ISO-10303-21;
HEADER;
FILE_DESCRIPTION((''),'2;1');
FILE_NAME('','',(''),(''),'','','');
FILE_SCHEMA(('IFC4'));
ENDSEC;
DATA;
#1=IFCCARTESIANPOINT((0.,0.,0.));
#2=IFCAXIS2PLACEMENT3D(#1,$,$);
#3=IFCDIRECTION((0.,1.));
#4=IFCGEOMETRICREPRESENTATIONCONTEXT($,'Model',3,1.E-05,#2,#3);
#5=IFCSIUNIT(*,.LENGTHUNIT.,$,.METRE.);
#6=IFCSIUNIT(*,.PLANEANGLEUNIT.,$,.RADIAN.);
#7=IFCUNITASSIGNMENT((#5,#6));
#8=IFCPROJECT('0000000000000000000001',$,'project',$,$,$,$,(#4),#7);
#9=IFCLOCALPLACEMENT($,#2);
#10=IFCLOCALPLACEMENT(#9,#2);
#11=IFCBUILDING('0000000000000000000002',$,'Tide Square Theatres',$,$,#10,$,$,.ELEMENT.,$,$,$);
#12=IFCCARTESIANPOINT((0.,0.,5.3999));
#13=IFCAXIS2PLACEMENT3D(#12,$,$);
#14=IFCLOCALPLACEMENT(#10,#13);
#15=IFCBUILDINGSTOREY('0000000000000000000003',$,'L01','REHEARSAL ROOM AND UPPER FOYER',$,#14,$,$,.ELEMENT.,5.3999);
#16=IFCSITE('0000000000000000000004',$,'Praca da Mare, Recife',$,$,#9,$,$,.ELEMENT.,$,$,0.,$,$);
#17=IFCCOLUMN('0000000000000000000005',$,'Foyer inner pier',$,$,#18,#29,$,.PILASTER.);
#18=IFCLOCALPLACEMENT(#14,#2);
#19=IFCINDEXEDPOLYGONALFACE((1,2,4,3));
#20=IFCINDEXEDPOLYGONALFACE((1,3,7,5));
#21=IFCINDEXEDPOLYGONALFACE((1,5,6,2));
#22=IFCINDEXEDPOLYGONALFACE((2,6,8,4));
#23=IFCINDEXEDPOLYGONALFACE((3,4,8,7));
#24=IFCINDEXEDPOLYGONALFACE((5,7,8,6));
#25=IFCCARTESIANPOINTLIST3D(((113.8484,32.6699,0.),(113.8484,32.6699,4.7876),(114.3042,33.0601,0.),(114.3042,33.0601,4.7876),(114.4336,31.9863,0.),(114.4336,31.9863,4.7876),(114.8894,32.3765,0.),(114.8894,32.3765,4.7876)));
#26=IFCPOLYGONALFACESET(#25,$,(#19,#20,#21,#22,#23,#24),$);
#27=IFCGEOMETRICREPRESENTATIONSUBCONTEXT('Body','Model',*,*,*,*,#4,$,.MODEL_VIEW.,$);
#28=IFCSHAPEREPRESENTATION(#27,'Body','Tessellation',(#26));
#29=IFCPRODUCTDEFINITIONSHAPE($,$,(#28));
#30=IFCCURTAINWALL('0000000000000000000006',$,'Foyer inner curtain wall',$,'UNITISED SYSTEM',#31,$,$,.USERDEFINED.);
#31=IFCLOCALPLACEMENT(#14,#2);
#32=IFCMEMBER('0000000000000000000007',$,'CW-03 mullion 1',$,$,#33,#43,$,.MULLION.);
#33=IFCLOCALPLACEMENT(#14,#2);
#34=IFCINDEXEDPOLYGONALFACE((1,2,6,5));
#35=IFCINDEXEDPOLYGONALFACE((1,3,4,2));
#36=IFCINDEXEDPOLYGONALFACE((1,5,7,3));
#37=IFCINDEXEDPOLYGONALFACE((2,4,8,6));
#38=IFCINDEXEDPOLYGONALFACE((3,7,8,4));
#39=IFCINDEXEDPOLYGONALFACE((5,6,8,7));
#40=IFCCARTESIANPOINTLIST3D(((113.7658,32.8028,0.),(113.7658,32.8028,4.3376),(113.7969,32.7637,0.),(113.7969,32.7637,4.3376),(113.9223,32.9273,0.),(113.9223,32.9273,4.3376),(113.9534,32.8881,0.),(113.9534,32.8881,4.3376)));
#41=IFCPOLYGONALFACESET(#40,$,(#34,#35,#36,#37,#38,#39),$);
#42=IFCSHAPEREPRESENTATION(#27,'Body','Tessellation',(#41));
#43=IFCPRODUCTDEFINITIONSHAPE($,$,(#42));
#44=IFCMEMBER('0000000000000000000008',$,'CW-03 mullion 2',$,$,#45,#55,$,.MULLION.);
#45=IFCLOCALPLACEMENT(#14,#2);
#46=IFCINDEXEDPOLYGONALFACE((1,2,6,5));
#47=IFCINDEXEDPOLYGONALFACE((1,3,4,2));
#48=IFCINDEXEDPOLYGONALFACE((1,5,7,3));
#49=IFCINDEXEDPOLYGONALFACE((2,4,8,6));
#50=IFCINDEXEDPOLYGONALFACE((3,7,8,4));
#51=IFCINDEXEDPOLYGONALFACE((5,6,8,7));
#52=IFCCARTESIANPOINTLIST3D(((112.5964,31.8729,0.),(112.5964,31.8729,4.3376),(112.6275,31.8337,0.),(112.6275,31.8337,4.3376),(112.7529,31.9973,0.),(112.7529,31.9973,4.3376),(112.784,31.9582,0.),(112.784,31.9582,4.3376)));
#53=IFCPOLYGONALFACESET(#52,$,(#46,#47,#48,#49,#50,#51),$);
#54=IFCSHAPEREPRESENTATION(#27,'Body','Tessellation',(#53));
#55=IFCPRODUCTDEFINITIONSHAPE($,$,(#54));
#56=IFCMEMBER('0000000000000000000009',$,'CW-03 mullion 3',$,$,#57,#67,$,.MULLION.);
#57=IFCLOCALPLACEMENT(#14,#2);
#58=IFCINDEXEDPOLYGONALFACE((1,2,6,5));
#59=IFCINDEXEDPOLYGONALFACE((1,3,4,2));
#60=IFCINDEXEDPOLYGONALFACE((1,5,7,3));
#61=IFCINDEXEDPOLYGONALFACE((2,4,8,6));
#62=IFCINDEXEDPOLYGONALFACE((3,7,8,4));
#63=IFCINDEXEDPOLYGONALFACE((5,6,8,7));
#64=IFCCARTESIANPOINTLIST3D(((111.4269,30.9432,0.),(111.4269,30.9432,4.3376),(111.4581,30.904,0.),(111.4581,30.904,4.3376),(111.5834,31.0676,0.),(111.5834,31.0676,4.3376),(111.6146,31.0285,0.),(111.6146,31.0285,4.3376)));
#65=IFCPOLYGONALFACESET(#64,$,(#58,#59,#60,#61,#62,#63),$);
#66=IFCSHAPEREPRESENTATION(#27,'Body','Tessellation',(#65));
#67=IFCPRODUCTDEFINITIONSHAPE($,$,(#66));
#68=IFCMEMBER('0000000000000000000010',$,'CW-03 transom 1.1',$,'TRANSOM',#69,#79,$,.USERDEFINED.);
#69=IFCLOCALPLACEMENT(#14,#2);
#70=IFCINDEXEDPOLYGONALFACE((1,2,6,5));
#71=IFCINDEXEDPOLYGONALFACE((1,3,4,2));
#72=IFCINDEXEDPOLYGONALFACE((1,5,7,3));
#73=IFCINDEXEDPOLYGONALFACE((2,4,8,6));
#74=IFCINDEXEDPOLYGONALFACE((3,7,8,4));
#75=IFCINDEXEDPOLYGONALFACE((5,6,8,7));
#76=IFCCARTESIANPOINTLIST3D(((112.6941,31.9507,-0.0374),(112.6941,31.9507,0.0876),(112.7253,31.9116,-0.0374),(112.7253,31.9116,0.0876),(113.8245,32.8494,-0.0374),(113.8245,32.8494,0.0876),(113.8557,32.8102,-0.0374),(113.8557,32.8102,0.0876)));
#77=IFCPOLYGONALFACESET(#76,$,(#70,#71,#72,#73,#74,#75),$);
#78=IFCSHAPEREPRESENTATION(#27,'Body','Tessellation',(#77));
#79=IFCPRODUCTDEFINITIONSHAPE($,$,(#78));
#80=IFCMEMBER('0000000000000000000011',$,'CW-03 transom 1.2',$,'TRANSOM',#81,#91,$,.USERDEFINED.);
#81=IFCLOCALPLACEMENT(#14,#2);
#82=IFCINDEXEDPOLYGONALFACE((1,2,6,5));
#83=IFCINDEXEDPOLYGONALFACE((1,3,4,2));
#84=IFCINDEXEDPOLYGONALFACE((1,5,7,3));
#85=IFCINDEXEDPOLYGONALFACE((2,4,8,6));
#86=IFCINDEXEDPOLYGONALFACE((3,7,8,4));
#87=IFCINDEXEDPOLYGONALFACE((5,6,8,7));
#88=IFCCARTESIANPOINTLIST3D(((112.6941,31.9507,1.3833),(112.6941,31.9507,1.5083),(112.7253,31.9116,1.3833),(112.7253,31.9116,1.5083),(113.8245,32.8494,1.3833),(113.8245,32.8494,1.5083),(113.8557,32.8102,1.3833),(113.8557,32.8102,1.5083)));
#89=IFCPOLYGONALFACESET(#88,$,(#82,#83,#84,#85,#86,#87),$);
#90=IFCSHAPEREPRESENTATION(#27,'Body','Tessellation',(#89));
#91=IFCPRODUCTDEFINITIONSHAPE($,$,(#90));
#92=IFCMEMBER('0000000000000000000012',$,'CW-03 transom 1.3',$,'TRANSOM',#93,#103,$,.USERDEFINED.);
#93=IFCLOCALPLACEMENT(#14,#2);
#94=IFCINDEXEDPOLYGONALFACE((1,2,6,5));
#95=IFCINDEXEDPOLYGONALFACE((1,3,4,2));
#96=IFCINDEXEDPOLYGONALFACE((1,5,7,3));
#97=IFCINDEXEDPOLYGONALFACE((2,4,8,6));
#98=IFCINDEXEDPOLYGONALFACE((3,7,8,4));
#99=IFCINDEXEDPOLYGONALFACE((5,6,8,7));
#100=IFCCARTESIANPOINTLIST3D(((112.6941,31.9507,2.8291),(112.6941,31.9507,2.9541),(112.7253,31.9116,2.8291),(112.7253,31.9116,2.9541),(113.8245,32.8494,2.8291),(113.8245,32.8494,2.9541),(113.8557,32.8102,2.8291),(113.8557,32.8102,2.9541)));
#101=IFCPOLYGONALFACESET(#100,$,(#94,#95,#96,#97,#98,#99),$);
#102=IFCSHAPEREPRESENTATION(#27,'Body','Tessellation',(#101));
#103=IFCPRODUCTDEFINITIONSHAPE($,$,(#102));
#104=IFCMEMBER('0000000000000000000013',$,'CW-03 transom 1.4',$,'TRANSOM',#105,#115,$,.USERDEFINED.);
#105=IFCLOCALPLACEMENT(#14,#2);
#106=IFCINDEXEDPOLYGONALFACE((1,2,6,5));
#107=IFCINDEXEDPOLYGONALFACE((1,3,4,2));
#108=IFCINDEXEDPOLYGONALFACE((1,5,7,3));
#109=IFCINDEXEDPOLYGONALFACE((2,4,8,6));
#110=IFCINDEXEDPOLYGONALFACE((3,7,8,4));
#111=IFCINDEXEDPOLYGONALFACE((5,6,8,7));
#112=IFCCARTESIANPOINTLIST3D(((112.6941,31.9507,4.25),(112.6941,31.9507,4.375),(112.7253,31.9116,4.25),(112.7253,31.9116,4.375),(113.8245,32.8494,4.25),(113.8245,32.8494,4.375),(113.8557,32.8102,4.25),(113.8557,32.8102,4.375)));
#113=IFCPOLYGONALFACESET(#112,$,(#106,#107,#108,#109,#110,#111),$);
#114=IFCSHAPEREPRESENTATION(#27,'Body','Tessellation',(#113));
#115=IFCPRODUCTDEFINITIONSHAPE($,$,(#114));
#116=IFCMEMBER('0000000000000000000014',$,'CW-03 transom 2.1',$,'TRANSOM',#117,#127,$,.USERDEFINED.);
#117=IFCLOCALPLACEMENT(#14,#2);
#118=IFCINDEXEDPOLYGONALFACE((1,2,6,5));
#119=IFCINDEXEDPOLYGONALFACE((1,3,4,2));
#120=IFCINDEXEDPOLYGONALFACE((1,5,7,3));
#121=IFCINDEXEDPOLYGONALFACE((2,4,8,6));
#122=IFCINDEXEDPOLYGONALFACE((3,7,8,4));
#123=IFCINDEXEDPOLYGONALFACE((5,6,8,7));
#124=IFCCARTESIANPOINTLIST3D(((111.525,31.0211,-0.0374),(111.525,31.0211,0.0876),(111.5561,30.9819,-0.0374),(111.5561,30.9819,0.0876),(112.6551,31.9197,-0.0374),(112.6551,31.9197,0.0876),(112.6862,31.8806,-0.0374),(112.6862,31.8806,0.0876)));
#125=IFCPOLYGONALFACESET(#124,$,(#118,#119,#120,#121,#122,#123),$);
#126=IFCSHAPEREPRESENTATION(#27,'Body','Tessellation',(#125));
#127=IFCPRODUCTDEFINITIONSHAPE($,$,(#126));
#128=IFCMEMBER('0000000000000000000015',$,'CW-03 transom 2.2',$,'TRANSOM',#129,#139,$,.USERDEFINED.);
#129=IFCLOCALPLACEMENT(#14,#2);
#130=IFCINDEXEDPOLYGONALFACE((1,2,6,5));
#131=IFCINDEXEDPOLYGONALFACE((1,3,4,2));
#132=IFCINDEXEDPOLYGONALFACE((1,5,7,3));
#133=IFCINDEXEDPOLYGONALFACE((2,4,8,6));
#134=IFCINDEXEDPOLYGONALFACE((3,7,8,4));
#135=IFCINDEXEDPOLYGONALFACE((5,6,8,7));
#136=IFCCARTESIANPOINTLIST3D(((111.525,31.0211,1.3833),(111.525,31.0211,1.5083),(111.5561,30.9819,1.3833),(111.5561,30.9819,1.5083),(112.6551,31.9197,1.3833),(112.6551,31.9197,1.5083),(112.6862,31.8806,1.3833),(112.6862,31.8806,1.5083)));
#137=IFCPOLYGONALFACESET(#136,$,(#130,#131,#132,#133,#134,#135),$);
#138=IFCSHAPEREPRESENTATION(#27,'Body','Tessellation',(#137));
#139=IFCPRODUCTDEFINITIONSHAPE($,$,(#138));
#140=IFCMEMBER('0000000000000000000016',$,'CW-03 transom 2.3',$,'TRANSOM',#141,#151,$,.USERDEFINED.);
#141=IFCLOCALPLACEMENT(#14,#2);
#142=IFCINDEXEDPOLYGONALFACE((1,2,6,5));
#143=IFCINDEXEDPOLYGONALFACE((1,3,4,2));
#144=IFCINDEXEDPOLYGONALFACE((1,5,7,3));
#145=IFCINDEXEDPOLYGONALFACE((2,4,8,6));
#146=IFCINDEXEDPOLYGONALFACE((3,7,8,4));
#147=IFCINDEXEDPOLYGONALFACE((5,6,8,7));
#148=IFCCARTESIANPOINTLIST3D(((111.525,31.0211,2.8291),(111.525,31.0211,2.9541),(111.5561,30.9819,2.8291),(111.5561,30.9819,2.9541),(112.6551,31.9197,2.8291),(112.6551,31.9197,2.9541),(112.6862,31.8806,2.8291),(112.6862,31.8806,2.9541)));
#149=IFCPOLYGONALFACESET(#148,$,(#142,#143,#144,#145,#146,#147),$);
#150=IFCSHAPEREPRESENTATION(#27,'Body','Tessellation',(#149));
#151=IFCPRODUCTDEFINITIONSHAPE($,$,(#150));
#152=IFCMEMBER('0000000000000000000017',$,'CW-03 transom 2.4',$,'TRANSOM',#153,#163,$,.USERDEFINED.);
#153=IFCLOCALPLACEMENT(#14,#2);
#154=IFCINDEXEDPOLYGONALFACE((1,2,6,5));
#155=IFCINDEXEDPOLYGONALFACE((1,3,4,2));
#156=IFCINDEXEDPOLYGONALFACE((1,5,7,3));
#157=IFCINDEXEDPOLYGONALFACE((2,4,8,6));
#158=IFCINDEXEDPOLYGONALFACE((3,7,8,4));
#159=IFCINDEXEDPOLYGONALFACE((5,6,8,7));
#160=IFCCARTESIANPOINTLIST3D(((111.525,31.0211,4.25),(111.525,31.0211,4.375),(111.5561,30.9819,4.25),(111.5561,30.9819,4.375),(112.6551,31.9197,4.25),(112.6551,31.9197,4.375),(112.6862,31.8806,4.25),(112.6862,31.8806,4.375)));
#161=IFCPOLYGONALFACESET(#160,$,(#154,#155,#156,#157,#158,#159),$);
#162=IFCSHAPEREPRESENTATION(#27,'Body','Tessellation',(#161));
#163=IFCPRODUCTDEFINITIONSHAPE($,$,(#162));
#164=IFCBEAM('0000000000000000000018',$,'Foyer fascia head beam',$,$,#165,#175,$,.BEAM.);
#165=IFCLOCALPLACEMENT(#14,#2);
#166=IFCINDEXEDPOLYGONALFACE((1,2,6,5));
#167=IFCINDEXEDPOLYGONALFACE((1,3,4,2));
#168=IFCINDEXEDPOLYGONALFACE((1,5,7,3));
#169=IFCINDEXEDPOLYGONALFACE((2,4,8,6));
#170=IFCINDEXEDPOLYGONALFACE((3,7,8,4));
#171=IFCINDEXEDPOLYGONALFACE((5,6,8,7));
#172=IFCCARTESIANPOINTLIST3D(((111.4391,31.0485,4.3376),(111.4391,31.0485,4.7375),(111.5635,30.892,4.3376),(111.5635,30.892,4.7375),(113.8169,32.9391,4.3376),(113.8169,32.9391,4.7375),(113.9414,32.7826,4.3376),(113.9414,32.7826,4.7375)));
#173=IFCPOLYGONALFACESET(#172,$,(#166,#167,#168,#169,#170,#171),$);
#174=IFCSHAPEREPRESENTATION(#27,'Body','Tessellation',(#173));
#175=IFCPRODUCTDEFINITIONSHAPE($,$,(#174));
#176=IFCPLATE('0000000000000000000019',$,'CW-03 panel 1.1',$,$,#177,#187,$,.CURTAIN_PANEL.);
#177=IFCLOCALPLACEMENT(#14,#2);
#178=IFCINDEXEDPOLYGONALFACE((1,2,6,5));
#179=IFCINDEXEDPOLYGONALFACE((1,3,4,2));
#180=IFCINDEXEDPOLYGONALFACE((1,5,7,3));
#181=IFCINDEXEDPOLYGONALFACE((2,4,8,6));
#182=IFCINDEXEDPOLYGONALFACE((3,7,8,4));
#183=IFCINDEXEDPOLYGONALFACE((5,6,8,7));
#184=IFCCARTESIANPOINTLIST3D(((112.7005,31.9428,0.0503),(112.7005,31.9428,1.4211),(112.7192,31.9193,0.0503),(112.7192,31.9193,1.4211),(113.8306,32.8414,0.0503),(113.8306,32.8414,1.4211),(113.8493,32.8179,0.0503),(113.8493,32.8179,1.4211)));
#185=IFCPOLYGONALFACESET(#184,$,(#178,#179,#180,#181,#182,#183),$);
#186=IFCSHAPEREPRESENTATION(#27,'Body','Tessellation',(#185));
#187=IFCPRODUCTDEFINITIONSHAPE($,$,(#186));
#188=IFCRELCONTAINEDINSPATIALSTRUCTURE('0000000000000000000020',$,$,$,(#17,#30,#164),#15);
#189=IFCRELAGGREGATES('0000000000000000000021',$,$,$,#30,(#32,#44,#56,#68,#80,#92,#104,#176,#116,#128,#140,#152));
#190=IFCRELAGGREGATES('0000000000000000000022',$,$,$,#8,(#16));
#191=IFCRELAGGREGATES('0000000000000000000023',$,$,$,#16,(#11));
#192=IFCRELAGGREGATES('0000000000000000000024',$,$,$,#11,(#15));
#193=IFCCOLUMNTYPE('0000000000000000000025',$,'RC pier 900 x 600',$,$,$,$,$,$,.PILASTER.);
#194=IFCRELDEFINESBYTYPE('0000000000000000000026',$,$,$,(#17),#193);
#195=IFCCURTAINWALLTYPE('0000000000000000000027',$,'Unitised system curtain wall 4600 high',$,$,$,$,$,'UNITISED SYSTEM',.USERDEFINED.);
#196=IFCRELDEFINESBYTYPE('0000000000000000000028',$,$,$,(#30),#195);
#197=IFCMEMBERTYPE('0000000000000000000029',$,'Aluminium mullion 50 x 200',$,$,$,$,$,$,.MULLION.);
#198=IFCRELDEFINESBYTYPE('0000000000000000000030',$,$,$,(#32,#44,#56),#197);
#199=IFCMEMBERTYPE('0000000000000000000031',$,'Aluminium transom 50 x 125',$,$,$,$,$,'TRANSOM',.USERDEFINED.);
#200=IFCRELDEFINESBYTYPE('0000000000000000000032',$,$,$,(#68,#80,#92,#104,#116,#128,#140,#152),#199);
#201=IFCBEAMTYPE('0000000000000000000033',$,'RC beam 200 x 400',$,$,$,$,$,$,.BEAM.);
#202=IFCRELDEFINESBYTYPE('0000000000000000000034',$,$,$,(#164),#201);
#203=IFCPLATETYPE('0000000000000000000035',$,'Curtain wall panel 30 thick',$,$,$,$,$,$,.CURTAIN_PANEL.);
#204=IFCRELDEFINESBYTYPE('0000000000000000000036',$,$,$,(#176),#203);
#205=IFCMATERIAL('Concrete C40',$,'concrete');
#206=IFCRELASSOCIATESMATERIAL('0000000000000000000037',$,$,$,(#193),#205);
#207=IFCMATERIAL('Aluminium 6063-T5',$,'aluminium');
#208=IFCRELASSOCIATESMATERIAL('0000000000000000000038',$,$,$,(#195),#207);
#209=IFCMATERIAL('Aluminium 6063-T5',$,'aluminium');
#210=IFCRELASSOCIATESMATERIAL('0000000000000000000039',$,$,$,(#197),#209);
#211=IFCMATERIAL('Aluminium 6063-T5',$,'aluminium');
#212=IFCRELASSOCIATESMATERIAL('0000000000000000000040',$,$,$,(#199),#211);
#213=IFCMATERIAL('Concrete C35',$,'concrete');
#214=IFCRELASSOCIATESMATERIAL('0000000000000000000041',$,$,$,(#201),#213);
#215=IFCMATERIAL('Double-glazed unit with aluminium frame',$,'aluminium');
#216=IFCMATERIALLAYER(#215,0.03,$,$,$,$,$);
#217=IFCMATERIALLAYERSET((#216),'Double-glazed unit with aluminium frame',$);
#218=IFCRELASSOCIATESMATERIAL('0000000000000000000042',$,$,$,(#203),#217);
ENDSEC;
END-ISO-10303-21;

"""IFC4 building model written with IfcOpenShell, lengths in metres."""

from ifc_helpers import new_model, si_unit, direction, frame, origin, origin_2d, place, context, subcontext, project, spatial, rectangle, extrude, material, layer, layer_set, material_profile, profile_set, type_object, element, aggregate, save


model = new_model("IFC4")

# Units and contexts
model_context = context("Model", 3, precision=1e-05, world=origin(), true_north=direction((0.0, 1.0)))
body_context = subcontext(model_context, "Body", "Model", "MODEL_VIEW")
ifc_project = project(units=[si_unit("LENGTHUNIT", "METRE"), si_unit("PLANEANGLEUNIT", "RADIAN")], contexts=[model_context])

# Site, building, storey
site_placement = place(None, origin())
site = spatial("IfcSite", under=ifc_project, at=site_placement, Name="Praca da Mare, Recife", CompositionType="ELEMENT", RefElevation=0.0)
building_placement = place(site_placement, origin())
building = spatial("IfcBuilding", under=site, at=building_placement, Name="Tide Square Theatres", CompositionType="ELEMENT")
storey_placement = place(building_placement, frame((0.0, 0.0, 5.3999)))
storey = spatial("IfcBuildingStorey", under=building, at=storey_placement, Name="L01", Description="REHEARSAL ROOM AND UPPER FOYER", CompositionType="ELEMENT", Elevation=5.3999)

# Column
ifc_material_1 = material(Name="Concrete C40", Category="concrete")
ifc_material_profile_1 = material_profile(ifc_material_1, rectangle(XDim=0.8999, YDim=0.6001, at=origin_2d()))
ifc_profile_set_1 = profile_set([ifc_material_profile_1], Name="Concrete C40")
column_type = type_object("IfcColumnType", Name="RC pier 900 x 600", PredefinedType="PILASTER", material=ifc_profile_set_1)
column_placement = place(storey_placement, frame((114.3689, 32.5232, 0.0), z_axis=(0.0, 0.0, 1.0), x_axis=(0.650301, -0.759677, 0.0)))
element("IfcColumn", 1, at=column_placement, inside=storey, type_object=column_type, Name="Foyer inner pier", PredefinedType="PILASTER", context=body_context, shape_type="SweptSolid", body=[
    extrude(rectangle(XDim=0.8999, YDim=0.6001, at=origin_2d()), origin(), (0.0, 0.0, 1.0), 4.7876),
])

# Curtain wall, members
ifc_material_2 = material(Name="Aluminium 6063-T5", Category="aluminium")
curtain_wall_type = type_object("IfcCurtainWallType", Name="Unitised system curtain wall 4600 high", ElementType="UNITISED SYSTEM", PredefinedType="USERDEFINED", material=ifc_material_2)
curtain_wall_placement = place(storey_placement, origin())
curtain_wall = element("IfcCurtainWall", 2, at=curtain_wall_placement, inside=storey, type_object=curtain_wall_type, Name="Foyer inner curtain wall", ObjectType="UNITISED SYSTEM", PredefinedType="USERDEFINED")
ifc_material_3 = material(Name="Aluminium 6063-T5", Category="aluminium")
ifc_material_profile_2 = material_profile(ifc_material_3, rectangle(XDim=0.05, YDim=0.2, at=origin_2d()))
ifc_profile_set_2 = profile_set([ifc_material_profile_2], Name="Aluminium 6063-T5")
member_type_1 = type_object("IfcMemberType", Name="Aluminium mullion 50 x 200", PredefinedType="MULLION", material=ifc_profile_set_2)
member_1_placement = place(storey_placement, frame((113.8596, 32.8455, 0.0), z_axis=(0.0, 0.0, 1.0), x_axis=(0.62234, -0.782747, 0.0)))
member_1 = element("IfcMember", 3, at=member_1_placement, type_object=member_type_1, Name="CW-03 mullion 1", PredefinedType="MULLION", context=body_context, shape_type="SweptSolid", body=[
    extrude(rectangle(XDim=0.05, YDim=0.2, at=origin_2d()), origin(), (0.0, 0.0, 1.0), 4.3376),
])
member_2_placement = place(storey_placement, frame((112.6902, 31.9155, 0.0), z_axis=(0.0, 0.0, 1.0), x_axis=(0.62234, -0.782747, 0.0)))
member_2 = element("IfcMember", 4, at=member_2_placement, type_object=member_type_1, Name="CW-03 mullion 2", PredefinedType="MULLION", context=body_context, shape_type="SweptSolid", body=[
    extrude(rectangle(XDim=0.05, YDim=0.2, at=origin_2d()), origin(), (0.0, 0.0, 1.0), 4.3376),
])
member_3_placement = place(storey_placement, frame((111.5208, 30.9858, 0.0), z_axis=(0.0, 0.0, 1.0), x_axis=(0.62234, -0.782747, 0.0)))
member_3 = element("IfcMember", 5, at=member_3_placement, type_object=member_type_1, Name="CW-03 mullion 3", PredefinedType="MULLION", context=body_context, shape_type="SweptSolid", body=[
    extrude(rectangle(XDim=0.05, YDim=0.2, at=origin_2d()), origin(), (0.0, 0.0, 1.0), 4.3376),
])
ifc_material_4 = material(Name="Aluminium 6063-T5", Category="aluminium")
ifc_material_profile_3 = material_profile(ifc_material_4, rectangle(XDim=0.05, YDim=0.125, at=origin_2d()))
ifc_profile_set_3 = profile_set([ifc_material_profile_3], Name="Aluminium 6063-T5")
member_type_2 = type_object("IfcMemberType", Name="Aluminium transom 50 x 125", ElementType="TRANSOM", PredefinedType="USERDEFINED", material=ifc_profile_set_3)
member_4_placement = place(storey_placement, frame((113.8401, 32.8298, 0.0251), z_axis=(-0.782762, -0.622321, 0.0), x_axis=(0.622321, -0.782762, 0.0)))
member_4 = element("IfcMember", 6, at=member_4_placement, type_object=member_type_2, Name="CW-03 transom 1.1", ObjectType="TRANSOM", PredefinedType="USERDEFINED", context=body_context, shape_type="SweptSolid", body=[
    extrude(rectangle(XDim=0.05, YDim=0.125, at=origin_2d()), origin(), (0.0, 0.0, 1.0), 1.4441),
])
member_5_placement = place(storey_placement, frame((113.8401, 32.8298, 1.4458), z_axis=(-0.782762, -0.622321, 0.0), x_axis=(0.622321, -0.782762, 0.0)))
member_5 = element("IfcMember", 7, at=member_5_placement, type_object=member_type_2, Name="CW-03 transom 1.2", ObjectType="TRANSOM", PredefinedType="USERDEFINED", context=body_context, shape_type="SweptSolid", body=[
    extrude(rectangle(XDim=0.05, YDim=0.125, at=origin_2d()), origin(), (0.0, 0.0, 1.0), 1.4441),
])
member_6_placement = place(storey_placement, frame((113.8401, 32.8298, 2.8916), z_axis=(-0.782762, -0.622321, 0.0), x_axis=(0.622321, -0.782762, 0.0)))
member_6 = element("IfcMember", 8, at=member_6_placement, type_object=member_type_2, Name="CW-03 transom 1.3", ObjectType="TRANSOM", PredefinedType="USERDEFINED", context=body_context, shape_type="SweptSolid", body=[
    extrude(rectangle(XDim=0.05, YDim=0.125, at=origin_2d()), origin(), (0.0, 0.0, 1.0), 1.4441),
])
member_7_placement = place(storey_placement, frame((113.8401, 32.8298, 4.3125), z_axis=(-0.782762, -0.622321, 0.0), x_axis=(0.622321, -0.782762, 0.0)))
member_7 = element("IfcMember", 9, at=member_7_placement, type_object=member_type_2, Name="CW-03 transom 1.4", ObjectType="TRANSOM", PredefinedType="USERDEFINED", context=body_context, shape_type="SweptSolid", body=[
    extrude(rectangle(XDim=0.05, YDim=0.125, at=origin_2d()), origin(), (0.0, 0.0, 1.0), 1.4441),
])
member_8_placement = place(storey_placement, frame((112.6707, 31.9001, 0.0251), z_axis=(-0.782697, -0.622404, 0.0), x_axis=(0.622404, -0.782697, 0.0)))
member_8 = element("IfcMember", 10, at=member_8_placement, type_object=member_type_2, Name="CW-03 transom 2.1", ObjectType="TRANSOM", PredefinedType="USERDEFINED", context=body_context, shape_type="SweptSolid", body=[
    extrude(rectangle(XDim=0.05, YDim=0.125, at=origin_2d()), origin(), (0.0, 0.0, 1.0), 1.4438),
])
member_9_placement = place(storey_placement, frame((112.6707, 31.9001, 1.4458), z_axis=(-0.782697, -0.622404, 0.0), x_axis=(0.622404, -0.782697, 0.0)))
member_9 = element("IfcMember", 11, at=member_9_placement, type_object=member_type_2, Name="CW-03 transom 2.2", ObjectType="TRANSOM", PredefinedType="USERDEFINED", context=body_context, shape_type="SweptSolid", body=[
    extrude(rectangle(XDim=0.05, YDim=0.125, at=origin_2d()), origin(), (0.0, 0.0, 1.0), 1.4438),
])
member_10_placement = place(storey_placement, frame((112.6707, 31.9001, 2.8916), z_axis=(-0.782697, -0.622404, 0.0), x_axis=(0.622404, -0.782697, 0.0)))
member_10 = element("IfcMember", 12, at=member_10_placement, type_object=member_type_2, Name="CW-03 transom 2.3", ObjectType="TRANSOM", PredefinedType="USERDEFINED", context=body_context, shape_type="SweptSolid", body=[
    extrude(rectangle(XDim=0.05, YDim=0.125, at=origin_2d()), origin(), (0.0, 0.0, 1.0), 1.4438),
])
member_11_placement = place(storey_placement, frame((112.6707, 31.9001, 4.3125), z_axis=(-0.782697, -0.622404, 0.0), x_axis=(0.622404, -0.782697, 0.0)))
member_11 = element("IfcMember", 13, at=member_11_placement, type_object=member_type_2, Name="CW-03 transom 2.4", ObjectType="TRANSOM", PredefinedType="USERDEFINED", context=body_context, shape_type="SweptSolid", body=[
    extrude(rectangle(XDim=0.05, YDim=0.125, at=origin_2d()), origin(), (0.0, 0.0, 1.0), 1.4438),
])

# Beam
ifc_material_5 = material(Name="Concrete C35", Category="concrete")
ifc_material_profile_4 = material_profile(ifc_material_5, rectangle(XDim=0.2, YDim=0.3999, at=origin_2d()))
ifc_profile_set_4 = profile_set([ifc_material_profile_4], Name="Concrete C35")
beam_type = type_object("IfcBeamType", Name="RC beam 200 x 400", PredefinedType="BEAM", material=ifc_profile_set_4)
beam_placement = place(storey_placement, frame((113.8792, 32.8608, 4.5376), z_axis=(-0.782747, -0.62234, 0.0), x_axis=(0.62234, -0.782747, 0.0)))
element("IfcBeam", 14, at=beam_placement, inside=storey, type_object=beam_type, Name="Foyer fascia head beam", PredefinedType="BEAM", context=body_context, shape_type="SweptSolid", body=[
    extrude(rectangle(XDim=0.2, YDim=0.3999, at=origin_2d()), origin(), (0.0, 0.0, 1.0), 3.0378),
])

# Plate
ifc_material_6 = material(Name="Double-glazed unit with aluminium frame", Category="aluminium")
ifc_layer_1 = layer(ifc_material_6, 0.03)
ifc_layer_set_1 = layer_set([ifc_layer_1], Name="Double-glazed unit with aluminium frame")
plate_type = type_object("IfcPlateType", Name="Curtain wall panel 30 thick", PredefinedType="CURTAIN_PANEL", material=ifc_layer_set_1)
plate_1_placement = place(storey_placement, frame((113.2749, 32.3804, 0.0503), z_axis=(0.0, 0.0, 1.0), x_axis=(-0.782747, -0.62234, 0.0)))
plate_1 = element("IfcPlate", 15, at=plate_1_placement, type_object=plate_type, Name="CW-03 panel 1.1", PredefinedType="CURTAIN_PANEL", context=body_context, shape_type="SweptSolid", body=[
    extrude(rectangle(XDim=1.4438, YDim=0.03, at=origin_2d()), origin(), (0.0, 0.0, 1.0), 1.3708),
])
aggregate(curtain_wall, [member_1, member_2, member_3, member_4, member_5, member_6, member_7, plate_1, member_8, member_9, member_10, member_11])

save(model, "model.ifc")
